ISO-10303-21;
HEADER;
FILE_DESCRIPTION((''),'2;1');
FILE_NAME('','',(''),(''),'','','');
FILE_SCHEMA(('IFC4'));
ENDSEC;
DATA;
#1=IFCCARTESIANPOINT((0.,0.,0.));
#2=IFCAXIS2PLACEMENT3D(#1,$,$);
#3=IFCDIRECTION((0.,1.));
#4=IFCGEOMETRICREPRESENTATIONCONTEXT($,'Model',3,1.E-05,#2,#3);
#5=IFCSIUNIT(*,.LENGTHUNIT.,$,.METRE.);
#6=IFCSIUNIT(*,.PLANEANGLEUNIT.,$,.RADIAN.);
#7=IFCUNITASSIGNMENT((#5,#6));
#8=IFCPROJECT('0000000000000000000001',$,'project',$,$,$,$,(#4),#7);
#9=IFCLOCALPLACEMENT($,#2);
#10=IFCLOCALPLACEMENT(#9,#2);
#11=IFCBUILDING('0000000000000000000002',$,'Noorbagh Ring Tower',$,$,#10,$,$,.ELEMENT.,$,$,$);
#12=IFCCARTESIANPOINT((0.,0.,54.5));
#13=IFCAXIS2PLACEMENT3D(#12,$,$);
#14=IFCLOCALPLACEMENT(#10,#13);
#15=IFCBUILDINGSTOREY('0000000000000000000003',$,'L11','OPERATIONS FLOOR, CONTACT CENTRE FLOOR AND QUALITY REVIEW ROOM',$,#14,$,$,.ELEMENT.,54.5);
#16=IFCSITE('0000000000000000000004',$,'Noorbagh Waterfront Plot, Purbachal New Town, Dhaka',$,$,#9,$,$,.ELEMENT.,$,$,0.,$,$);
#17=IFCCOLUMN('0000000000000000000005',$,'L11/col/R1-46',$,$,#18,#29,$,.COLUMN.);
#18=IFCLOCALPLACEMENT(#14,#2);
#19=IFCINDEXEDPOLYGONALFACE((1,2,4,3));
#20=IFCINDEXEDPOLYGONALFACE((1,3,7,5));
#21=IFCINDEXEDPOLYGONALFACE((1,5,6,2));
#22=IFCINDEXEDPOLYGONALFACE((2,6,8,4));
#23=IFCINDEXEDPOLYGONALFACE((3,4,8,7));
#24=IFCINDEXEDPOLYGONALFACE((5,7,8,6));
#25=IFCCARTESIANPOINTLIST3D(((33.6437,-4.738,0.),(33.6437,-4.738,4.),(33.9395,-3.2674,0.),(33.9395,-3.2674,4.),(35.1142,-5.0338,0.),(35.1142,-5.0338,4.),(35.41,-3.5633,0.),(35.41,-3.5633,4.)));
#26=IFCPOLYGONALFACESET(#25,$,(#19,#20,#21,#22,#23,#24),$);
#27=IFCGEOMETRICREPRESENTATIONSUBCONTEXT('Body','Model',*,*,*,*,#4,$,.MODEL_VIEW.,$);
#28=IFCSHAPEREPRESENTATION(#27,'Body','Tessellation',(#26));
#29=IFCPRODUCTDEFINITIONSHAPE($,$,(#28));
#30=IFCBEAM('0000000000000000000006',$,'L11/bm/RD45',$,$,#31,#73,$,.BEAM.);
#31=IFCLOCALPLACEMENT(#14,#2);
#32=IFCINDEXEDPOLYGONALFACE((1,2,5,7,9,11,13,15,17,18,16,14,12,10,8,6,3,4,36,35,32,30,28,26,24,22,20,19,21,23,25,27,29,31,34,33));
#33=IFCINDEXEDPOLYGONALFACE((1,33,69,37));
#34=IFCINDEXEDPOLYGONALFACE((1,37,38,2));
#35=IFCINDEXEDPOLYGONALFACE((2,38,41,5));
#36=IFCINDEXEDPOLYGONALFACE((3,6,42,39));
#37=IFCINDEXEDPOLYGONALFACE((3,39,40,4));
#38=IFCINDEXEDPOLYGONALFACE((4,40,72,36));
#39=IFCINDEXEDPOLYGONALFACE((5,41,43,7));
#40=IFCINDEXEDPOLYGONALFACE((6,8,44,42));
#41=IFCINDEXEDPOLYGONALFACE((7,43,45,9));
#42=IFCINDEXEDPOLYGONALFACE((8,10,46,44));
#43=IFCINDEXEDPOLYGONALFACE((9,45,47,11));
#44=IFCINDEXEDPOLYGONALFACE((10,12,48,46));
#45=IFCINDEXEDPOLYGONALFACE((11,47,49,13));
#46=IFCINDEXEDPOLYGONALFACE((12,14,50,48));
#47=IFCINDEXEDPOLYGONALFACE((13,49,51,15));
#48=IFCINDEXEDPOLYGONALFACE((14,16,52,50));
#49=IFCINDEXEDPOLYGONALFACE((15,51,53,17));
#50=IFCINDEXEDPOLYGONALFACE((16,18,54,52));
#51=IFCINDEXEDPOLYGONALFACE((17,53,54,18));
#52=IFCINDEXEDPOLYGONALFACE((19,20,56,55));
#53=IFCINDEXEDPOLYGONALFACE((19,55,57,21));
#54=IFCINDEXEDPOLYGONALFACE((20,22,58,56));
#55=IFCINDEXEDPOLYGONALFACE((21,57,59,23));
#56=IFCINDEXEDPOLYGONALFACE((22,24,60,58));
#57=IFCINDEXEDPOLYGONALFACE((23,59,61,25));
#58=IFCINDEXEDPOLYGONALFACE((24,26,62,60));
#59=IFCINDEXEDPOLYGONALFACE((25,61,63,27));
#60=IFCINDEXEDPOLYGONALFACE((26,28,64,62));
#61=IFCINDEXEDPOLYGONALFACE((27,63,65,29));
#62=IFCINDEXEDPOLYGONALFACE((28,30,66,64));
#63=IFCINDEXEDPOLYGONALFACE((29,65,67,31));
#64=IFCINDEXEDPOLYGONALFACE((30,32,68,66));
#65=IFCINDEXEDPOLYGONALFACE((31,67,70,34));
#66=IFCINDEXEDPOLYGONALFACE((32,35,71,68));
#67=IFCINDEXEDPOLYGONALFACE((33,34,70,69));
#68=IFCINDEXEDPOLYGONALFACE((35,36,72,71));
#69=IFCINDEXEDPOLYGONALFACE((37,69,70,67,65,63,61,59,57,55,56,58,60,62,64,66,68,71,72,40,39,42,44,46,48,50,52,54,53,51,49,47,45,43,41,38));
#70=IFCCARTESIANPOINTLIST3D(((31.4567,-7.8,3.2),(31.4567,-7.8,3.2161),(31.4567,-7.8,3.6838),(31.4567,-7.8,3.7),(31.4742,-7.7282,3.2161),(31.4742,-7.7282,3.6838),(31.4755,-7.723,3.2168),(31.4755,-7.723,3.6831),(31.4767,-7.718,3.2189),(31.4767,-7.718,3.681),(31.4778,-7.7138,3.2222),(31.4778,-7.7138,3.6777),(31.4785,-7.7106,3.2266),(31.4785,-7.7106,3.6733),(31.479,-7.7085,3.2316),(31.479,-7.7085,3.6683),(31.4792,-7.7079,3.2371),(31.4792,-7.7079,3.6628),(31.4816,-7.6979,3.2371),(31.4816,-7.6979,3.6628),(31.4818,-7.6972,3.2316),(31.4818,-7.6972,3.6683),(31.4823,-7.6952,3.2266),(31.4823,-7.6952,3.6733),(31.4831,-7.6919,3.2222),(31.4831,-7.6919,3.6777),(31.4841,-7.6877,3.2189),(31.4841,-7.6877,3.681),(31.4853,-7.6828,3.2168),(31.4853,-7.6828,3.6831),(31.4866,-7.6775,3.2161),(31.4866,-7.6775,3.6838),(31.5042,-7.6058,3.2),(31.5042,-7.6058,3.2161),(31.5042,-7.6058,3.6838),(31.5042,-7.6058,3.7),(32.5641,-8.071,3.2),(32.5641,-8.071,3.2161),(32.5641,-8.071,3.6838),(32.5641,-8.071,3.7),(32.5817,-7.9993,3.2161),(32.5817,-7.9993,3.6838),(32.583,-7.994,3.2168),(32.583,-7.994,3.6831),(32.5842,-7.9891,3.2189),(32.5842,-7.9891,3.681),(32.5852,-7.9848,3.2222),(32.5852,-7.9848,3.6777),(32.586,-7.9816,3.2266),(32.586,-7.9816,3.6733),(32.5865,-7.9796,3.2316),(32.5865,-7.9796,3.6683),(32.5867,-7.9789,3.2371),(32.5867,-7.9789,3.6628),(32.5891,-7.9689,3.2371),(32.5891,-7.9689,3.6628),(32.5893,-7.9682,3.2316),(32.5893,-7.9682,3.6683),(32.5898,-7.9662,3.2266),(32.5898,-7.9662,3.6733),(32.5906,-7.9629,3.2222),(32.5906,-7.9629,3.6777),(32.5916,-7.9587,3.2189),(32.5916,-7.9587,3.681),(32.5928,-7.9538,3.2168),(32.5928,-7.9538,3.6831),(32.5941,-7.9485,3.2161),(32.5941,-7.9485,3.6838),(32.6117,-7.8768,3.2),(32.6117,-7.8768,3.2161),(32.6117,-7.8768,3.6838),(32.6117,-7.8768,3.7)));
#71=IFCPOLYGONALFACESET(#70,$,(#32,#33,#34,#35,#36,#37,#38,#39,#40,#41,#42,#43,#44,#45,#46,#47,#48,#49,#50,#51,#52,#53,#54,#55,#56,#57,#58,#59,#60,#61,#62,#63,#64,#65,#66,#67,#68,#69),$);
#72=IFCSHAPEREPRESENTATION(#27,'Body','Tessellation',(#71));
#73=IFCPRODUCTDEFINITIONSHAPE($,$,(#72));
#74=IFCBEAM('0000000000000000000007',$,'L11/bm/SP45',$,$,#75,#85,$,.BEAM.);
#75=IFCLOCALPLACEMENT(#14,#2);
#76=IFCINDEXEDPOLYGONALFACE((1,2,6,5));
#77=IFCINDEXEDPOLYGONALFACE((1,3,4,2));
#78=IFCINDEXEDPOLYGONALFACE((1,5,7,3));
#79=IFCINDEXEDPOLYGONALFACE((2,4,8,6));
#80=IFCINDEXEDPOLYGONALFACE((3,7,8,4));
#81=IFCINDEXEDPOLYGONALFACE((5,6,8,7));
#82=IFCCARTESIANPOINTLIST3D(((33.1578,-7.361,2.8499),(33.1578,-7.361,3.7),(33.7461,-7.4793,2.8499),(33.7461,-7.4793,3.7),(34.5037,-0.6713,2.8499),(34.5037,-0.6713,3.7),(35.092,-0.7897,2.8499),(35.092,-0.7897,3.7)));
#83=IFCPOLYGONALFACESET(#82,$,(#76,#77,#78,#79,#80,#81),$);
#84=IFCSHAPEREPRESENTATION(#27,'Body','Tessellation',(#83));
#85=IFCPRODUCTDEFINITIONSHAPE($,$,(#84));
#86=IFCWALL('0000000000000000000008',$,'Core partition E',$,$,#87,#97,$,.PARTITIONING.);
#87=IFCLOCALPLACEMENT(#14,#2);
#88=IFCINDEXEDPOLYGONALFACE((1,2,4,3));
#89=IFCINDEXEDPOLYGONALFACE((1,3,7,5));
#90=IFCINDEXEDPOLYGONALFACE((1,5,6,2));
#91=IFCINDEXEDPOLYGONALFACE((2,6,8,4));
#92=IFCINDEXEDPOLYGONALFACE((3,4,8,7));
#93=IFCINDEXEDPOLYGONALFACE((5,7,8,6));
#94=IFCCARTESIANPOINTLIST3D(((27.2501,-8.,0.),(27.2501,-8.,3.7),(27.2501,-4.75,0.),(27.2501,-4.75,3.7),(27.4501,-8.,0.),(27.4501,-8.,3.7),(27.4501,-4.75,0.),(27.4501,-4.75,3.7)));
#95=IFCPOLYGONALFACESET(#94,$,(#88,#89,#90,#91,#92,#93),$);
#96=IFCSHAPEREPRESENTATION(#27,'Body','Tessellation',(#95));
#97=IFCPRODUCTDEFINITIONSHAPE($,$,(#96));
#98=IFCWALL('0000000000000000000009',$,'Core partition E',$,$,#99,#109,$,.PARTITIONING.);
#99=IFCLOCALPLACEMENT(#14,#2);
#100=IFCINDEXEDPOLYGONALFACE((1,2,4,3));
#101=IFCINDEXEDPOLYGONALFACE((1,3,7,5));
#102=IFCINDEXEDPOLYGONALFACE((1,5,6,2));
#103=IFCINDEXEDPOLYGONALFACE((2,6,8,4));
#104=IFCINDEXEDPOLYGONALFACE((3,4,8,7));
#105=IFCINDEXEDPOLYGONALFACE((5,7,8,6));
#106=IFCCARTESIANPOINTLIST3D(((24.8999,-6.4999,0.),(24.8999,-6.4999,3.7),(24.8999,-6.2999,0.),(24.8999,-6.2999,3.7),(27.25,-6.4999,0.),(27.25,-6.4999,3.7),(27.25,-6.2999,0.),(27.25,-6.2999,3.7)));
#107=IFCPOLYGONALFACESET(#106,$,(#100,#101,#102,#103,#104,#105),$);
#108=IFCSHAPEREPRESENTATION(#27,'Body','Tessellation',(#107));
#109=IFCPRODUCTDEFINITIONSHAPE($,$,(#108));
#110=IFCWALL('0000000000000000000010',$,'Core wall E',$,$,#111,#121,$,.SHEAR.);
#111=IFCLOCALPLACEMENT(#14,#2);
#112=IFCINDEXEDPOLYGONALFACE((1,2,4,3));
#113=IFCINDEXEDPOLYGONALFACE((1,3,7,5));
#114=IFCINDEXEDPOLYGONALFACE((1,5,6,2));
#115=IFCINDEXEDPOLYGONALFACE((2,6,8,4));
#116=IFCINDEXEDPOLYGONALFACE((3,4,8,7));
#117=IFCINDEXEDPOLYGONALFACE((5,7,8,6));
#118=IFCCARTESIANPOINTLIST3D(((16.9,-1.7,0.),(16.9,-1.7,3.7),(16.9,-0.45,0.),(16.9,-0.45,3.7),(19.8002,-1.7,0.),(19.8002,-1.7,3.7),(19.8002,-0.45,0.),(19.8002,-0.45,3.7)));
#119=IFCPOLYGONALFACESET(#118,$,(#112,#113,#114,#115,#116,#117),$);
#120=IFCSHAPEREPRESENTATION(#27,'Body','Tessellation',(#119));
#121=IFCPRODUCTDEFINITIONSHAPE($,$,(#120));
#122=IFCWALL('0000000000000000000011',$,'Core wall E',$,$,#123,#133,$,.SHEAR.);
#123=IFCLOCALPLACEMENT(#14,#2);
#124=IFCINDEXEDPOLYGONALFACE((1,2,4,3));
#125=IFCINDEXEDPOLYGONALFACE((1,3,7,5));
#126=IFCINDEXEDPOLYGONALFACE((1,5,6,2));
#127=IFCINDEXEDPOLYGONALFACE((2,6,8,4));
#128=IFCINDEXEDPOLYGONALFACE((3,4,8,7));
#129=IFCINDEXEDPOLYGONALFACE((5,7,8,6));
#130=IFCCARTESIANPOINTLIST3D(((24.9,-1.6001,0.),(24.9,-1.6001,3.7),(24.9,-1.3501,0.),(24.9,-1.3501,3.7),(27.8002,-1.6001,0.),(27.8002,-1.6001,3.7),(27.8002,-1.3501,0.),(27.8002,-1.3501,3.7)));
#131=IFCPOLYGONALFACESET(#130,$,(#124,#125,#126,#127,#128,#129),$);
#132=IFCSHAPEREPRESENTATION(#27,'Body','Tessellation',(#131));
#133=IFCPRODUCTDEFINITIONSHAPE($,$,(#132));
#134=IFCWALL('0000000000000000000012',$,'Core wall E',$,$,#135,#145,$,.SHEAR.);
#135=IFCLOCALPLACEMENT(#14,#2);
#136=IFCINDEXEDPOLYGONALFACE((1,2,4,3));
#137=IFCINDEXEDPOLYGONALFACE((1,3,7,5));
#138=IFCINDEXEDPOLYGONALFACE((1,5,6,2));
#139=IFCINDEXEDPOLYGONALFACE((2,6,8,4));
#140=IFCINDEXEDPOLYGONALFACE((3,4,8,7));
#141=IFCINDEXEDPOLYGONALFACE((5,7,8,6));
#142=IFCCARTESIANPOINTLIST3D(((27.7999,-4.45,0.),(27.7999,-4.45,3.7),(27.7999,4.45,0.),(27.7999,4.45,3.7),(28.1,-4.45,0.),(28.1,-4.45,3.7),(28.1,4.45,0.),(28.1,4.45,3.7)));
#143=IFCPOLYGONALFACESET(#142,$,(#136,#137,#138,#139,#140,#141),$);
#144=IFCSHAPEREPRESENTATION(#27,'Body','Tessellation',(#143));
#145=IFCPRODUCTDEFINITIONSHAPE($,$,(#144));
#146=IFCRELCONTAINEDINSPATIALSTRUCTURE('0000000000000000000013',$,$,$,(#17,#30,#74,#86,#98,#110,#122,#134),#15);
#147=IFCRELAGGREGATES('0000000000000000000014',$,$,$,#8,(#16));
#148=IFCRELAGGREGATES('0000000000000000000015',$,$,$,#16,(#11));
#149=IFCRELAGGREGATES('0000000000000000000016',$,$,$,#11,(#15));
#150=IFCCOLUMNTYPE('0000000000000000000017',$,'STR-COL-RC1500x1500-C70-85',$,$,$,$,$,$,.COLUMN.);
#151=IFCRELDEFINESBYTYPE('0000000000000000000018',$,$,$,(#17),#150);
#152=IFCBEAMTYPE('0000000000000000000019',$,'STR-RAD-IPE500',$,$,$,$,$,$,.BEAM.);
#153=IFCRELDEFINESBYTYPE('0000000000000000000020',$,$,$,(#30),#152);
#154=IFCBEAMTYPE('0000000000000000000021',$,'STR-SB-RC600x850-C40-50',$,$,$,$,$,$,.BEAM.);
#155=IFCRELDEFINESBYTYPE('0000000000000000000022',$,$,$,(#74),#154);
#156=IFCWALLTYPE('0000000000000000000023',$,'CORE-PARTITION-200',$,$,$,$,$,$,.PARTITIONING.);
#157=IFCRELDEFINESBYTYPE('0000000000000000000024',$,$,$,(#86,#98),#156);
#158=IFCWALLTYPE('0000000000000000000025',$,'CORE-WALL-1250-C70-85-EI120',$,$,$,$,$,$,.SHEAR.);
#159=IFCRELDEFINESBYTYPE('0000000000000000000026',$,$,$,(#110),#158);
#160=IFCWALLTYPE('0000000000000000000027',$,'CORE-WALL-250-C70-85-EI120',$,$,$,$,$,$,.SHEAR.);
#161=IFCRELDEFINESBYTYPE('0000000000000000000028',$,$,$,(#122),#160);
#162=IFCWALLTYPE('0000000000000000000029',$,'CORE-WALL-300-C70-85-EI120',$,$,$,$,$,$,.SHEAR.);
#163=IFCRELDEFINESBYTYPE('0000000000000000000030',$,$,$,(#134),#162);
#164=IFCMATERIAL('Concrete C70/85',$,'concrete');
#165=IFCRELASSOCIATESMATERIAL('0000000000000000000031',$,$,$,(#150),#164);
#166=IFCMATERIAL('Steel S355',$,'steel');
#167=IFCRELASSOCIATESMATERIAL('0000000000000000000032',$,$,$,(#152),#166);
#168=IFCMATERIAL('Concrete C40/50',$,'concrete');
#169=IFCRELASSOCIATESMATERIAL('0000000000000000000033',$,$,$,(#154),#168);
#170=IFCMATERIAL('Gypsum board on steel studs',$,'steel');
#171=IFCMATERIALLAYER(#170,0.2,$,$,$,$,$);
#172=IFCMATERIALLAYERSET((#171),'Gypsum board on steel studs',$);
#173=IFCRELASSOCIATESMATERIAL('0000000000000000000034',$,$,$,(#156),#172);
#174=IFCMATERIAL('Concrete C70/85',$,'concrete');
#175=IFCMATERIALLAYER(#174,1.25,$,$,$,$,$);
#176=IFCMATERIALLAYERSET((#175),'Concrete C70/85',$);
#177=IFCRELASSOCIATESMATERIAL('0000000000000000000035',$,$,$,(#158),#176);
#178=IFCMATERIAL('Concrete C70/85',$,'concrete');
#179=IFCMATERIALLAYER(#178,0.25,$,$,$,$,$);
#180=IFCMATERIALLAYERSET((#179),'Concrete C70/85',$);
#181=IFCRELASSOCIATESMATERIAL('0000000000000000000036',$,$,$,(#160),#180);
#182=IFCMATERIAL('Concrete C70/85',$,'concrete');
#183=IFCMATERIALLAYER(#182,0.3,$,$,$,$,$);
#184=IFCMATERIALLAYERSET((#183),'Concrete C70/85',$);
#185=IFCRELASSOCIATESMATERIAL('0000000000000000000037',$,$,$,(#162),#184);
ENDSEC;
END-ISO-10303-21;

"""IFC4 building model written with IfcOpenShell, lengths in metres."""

from ifc_helpers import new_model, si_unit, direction, frame, frame_2d, origin, origin_2d, place, context, subcontext, project, spatial, rectangle, i_section, extrude, material, layer, layer_set, material_profile, profile_set, type_object, element, save


model = new_model("IFC4")

# Units and contexts
model_context = context("Model", 3, precision=1e-05, world=origin(), true_north=direction((0.0, 1.0)))
body_context = subcontext(model_context, "Body", "Model", "MODEL_VIEW")
ifc_project = project(units=[si_unit("LENGTHUNIT", "METRE"), si_unit("PLANEANGLEUNIT", "RADIAN")], contexts=[model_context])

# Site, building, storey
site_placement = place(None, origin())
site = spatial("IfcSite", under=ifc_project, at=site_placement, Name="Noorbagh Waterfront Plot, Purbachal New Town, Dhaka", CompositionType="ELEMENT", RefElevation=0.0)
building_placement = place(site_placement, origin())
building = spatial("IfcBuilding", under=site, at=building_placement, Name="Noorbagh Ring Tower", CompositionType="ELEMENT")
storey_placement = place(building_placement, frame((0.0, 0.0, 54.5)))
storey = spatial("IfcBuildingStorey", under=building, at=storey_placement, Name="L11", Description="OPERATIONS FLOOR, CONTACT CENTRE FLOOR AND QUALITY REVIEW ROOM", CompositionType="ELEMENT", Elevation=54.5)

# Column
ifc_material_1 = material(Name="Concrete C70/85", Category="concrete")
ifc_material_profile_1 = material_profile(ifc_material_1, rectangle(XDim=1.5, YDim=1.5, at=origin_2d()), Name="RC1500x1500")
ifc_profile_set_1 = profile_set([ifc_material_profile_1], Name="Concrete C70/85")
column_type = type_object("IfcColumnType", Name="STR-COL-RC1500x1500-C70-85", PredefinedType="COLUMN", material=ifc_profile_set_1)
column_placement = place(storey_placement, frame((34.5269, -4.1506, 0.0), z_axis=(0.0, 0.0, 1.0), x_axis=(0.19723, 0.980357, 0.0)))
element("IfcColumn", 1, at=column_placement, inside=storey, type_object=column_type, Name="L11/col/R1-46", PredefinedType="COLUMN", context=body_context, shape_type="SweptSolid", body=[
    extrude(rectangle(XDim=1.5, YDim=1.5, at=origin_2d()), origin(), (0.0, 0.0, 1.0), 4.0),
])

# Beams
ifc_material_2 = material(Name="Steel S355", Category="steel")
ifc_material_profile_2 = material_profile(ifc_material_2, i_section(OverallWidth=0.2, OverallDepth=0.5, WebThickness=0.0103, FlangeThickness=0.0161, FilletRadius=0.021, at=origin_2d()), Name="IPE500")
ifc_profile_set_2 = profile_set([ifc_material_profile_2], Name="Steel S355")
beam_type_1 = type_object("IfcBeamType", Name="STR-RAD-IPE500", PredefinedType="BEAM", material=ifc_profile_set_2)
beam_1_placement = place(storey_placement, frame((32.5879, -7.9739, 3.45), z_axis=(-0.97134, 0.237696, 0.0), x_axis=(-0.237696, -0.97134, 0.0)))
element("IfcBeam", 2, at=beam_1_placement, inside=storey, type_object=beam_type_1, Name="L11/bm/RD45", PredefinedType="BEAM", context=body_context, shape_type="SweptSolid", body=[
    extrude(i_section(OverallWidth=0.2, OverallDepth=0.5, WebThickness=0.0103, FlangeThickness=0.0161, FilletRadius=0.021, at=origin_2d()), origin(), (0.0, 0.0, 1.0), 1.1401),
])
ifc_material_3 = material(Name="Concrete C40/50", Category="concrete")
ifc_material_profile_3 = material_profile(ifc_material_3, rectangle(XDim=0.6001, YDim=0.8501, at=origin_2d()), Name="RC600x850")
ifc_profile_set_3 = profile_set([ifc_material_profile_3], Name="Concrete C40/50")
beam_type_2 = type_object("IfcBeamType", Name="STR-SB-RC600x850-C40-50", PredefinedType="BEAM", material=ifc_profile_set_3)
beam_2_placement = place(storey_placement, frame((33.4519, -7.4202, 3.2749), z_axis=(0.197244, 0.980354, 0.0), x_axis=(-0.980354, 0.197244, 0.0)))
element("IfcBeam", 3, at=beam_2_placement, inside=storey, type_object=beam_type_2, Name="L11/bm/SP45", PredefinedType="BEAM", context=body_context, shape_type="SweptSolid", body=[
    extrude(rectangle(XDim=0.6001, YDim=0.8501, at=origin_2d()), origin(), (0.0, 0.0, 1.0), 6.8237),
])

# Walls
ifc_material_4 = material(Name="Gypsum board on steel studs", Category="steel")
ifc_layer_1 = layer(ifc_material_4, 0.2)
ifc_layer_set_1 = layer_set([ifc_layer_1], Name="Gypsum board on steel studs")
wall_type_1 = type_object("IfcWallType", Name="CORE-PARTITION-200", PredefinedType="PARTITIONING", material=ifc_layer_set_1)
wall_1_placement = place(storey_placement, frame((27.3501, -8.0, 0.0), z_axis=(0.0, 0.0, 1.0), x_axis=(0.0, 1.0, 0.0)))
element("IfcWall", 4, at=wall_1_placement, inside=storey, type_object=wall_type_1, Name="Core partition E", PredefinedType="PARTITIONING", context=body_context, shape_type="SweptSolid", body=[
    extrude(rectangle(XDim=3.25, YDim=0.2, at=frame_2d((1.625, 0.0))), origin(), (0.0, 0.0, 1.0), 3.7),
])
wall_2_placement = place(storey_placement, frame((24.8999, -6.3999, 0.0), z_axis=(0.0, 0.0, 1.0), x_axis=(1.0, 0.0, 0.0)))
element("IfcWall", 5, at=wall_2_placement, inside=storey, type_object=wall_type_1, Name="Core partition E", PredefinedType="PARTITIONING", context=body_context, shape_type="SweptSolid", body=[
    extrude(rectangle(XDim=2.3501, YDim=0.2, at=frame_2d((1.175, 0.0))), origin(), (0.0, 0.0, 1.0), 3.7),
])
ifc_material_5 = material(Name="Concrete C70/85", Category="concrete")
ifc_layer_2 = layer(ifc_material_5, 1.25)
ifc_layer_set_2 = layer_set([ifc_layer_2], Name="Concrete C70/85")
wall_type_2 = type_object("IfcWallType", Name="CORE-WALL-1250-C70-85-EI120", PredefinedType="SHEAR", material=ifc_layer_set_2)
wall_3_placement = place(storey_placement, frame((16.8999, -1.075, 0.0), z_axis=(0.0, 0.0, 1.0), x_axis=(1.0, 0.0, 0.0)))
element("IfcWall", 6, at=wall_3_placement, inside=storey, type_object=wall_type_2, Name="Core wall E", PredefinedType="SHEAR", context=body_context, shape_type="SweptSolid", body=[
    extrude(rectangle(XDim=2.9001, YDim=1.25, at=frame_2d((1.4502, 0.0))), origin(), (0.0, 0.0, 1.0), 3.7),
])
ifc_material_6 = material(Name="Concrete C70/85", Category="concrete")
ifc_layer_3 = layer(ifc_material_6, 0.25)
ifc_layer_set_3 = layer_set([ifc_layer_3], Name="Concrete C70/85")
wall_type_3 = type_object("IfcWallType", Name="CORE-WALL-250-C70-85-EI120", PredefinedType="SHEAR", material=ifc_layer_set_3)
wall_4_placement = place(storey_placement, frame((24.8999, -1.4751, 0.0), z_axis=(0.0, 0.0, 1.0), x_axis=(1.0, 0.0, 0.0)))
element("IfcWall", 7, at=wall_4_placement, inside=storey, type_object=wall_type_3, Name="Core wall E", PredefinedType="SHEAR", context=body_context, shape_type="SweptSolid", body=[
    extrude(rectangle(XDim=2.9001, YDim=0.25, at=frame_2d((1.4502, 0.0))), origin(), (0.0, 0.0, 1.0), 3.7),
])
ifc_material_7 = material(Name="Concrete C70/85", Category="concrete")
ifc_layer_4 = layer(ifc_material_7, 0.3)
ifc_layer_set_4 = layer_set([ifc_layer_4], Name="Concrete C70/85")
wall_type_4 = type_object("IfcWallType", Name="CORE-WALL-300-C70-85-EI120", PredefinedType="SHEAR", material=ifc_layer_set_4)
wall_5_placement = place(storey_placement, frame((27.95, -4.45, 0.0), z_axis=(0.0, 0.0, 1.0), x_axis=(0.0, 1.0, 0.0)))
element("IfcWall", 8, at=wall_5_placement, inside=storey, type_object=wall_type_4, Name="Core wall E", PredefinedType="SHEAR", context=body_context, shape_type="SweptSolid", body=[
    extrude(rectangle(XDim=8.8999, YDim=0.3, at=frame_2d((4.45, 0.0))), origin(), (0.0, 0.0, 1.0), 3.7),
])

save(model, "model.ifc")
